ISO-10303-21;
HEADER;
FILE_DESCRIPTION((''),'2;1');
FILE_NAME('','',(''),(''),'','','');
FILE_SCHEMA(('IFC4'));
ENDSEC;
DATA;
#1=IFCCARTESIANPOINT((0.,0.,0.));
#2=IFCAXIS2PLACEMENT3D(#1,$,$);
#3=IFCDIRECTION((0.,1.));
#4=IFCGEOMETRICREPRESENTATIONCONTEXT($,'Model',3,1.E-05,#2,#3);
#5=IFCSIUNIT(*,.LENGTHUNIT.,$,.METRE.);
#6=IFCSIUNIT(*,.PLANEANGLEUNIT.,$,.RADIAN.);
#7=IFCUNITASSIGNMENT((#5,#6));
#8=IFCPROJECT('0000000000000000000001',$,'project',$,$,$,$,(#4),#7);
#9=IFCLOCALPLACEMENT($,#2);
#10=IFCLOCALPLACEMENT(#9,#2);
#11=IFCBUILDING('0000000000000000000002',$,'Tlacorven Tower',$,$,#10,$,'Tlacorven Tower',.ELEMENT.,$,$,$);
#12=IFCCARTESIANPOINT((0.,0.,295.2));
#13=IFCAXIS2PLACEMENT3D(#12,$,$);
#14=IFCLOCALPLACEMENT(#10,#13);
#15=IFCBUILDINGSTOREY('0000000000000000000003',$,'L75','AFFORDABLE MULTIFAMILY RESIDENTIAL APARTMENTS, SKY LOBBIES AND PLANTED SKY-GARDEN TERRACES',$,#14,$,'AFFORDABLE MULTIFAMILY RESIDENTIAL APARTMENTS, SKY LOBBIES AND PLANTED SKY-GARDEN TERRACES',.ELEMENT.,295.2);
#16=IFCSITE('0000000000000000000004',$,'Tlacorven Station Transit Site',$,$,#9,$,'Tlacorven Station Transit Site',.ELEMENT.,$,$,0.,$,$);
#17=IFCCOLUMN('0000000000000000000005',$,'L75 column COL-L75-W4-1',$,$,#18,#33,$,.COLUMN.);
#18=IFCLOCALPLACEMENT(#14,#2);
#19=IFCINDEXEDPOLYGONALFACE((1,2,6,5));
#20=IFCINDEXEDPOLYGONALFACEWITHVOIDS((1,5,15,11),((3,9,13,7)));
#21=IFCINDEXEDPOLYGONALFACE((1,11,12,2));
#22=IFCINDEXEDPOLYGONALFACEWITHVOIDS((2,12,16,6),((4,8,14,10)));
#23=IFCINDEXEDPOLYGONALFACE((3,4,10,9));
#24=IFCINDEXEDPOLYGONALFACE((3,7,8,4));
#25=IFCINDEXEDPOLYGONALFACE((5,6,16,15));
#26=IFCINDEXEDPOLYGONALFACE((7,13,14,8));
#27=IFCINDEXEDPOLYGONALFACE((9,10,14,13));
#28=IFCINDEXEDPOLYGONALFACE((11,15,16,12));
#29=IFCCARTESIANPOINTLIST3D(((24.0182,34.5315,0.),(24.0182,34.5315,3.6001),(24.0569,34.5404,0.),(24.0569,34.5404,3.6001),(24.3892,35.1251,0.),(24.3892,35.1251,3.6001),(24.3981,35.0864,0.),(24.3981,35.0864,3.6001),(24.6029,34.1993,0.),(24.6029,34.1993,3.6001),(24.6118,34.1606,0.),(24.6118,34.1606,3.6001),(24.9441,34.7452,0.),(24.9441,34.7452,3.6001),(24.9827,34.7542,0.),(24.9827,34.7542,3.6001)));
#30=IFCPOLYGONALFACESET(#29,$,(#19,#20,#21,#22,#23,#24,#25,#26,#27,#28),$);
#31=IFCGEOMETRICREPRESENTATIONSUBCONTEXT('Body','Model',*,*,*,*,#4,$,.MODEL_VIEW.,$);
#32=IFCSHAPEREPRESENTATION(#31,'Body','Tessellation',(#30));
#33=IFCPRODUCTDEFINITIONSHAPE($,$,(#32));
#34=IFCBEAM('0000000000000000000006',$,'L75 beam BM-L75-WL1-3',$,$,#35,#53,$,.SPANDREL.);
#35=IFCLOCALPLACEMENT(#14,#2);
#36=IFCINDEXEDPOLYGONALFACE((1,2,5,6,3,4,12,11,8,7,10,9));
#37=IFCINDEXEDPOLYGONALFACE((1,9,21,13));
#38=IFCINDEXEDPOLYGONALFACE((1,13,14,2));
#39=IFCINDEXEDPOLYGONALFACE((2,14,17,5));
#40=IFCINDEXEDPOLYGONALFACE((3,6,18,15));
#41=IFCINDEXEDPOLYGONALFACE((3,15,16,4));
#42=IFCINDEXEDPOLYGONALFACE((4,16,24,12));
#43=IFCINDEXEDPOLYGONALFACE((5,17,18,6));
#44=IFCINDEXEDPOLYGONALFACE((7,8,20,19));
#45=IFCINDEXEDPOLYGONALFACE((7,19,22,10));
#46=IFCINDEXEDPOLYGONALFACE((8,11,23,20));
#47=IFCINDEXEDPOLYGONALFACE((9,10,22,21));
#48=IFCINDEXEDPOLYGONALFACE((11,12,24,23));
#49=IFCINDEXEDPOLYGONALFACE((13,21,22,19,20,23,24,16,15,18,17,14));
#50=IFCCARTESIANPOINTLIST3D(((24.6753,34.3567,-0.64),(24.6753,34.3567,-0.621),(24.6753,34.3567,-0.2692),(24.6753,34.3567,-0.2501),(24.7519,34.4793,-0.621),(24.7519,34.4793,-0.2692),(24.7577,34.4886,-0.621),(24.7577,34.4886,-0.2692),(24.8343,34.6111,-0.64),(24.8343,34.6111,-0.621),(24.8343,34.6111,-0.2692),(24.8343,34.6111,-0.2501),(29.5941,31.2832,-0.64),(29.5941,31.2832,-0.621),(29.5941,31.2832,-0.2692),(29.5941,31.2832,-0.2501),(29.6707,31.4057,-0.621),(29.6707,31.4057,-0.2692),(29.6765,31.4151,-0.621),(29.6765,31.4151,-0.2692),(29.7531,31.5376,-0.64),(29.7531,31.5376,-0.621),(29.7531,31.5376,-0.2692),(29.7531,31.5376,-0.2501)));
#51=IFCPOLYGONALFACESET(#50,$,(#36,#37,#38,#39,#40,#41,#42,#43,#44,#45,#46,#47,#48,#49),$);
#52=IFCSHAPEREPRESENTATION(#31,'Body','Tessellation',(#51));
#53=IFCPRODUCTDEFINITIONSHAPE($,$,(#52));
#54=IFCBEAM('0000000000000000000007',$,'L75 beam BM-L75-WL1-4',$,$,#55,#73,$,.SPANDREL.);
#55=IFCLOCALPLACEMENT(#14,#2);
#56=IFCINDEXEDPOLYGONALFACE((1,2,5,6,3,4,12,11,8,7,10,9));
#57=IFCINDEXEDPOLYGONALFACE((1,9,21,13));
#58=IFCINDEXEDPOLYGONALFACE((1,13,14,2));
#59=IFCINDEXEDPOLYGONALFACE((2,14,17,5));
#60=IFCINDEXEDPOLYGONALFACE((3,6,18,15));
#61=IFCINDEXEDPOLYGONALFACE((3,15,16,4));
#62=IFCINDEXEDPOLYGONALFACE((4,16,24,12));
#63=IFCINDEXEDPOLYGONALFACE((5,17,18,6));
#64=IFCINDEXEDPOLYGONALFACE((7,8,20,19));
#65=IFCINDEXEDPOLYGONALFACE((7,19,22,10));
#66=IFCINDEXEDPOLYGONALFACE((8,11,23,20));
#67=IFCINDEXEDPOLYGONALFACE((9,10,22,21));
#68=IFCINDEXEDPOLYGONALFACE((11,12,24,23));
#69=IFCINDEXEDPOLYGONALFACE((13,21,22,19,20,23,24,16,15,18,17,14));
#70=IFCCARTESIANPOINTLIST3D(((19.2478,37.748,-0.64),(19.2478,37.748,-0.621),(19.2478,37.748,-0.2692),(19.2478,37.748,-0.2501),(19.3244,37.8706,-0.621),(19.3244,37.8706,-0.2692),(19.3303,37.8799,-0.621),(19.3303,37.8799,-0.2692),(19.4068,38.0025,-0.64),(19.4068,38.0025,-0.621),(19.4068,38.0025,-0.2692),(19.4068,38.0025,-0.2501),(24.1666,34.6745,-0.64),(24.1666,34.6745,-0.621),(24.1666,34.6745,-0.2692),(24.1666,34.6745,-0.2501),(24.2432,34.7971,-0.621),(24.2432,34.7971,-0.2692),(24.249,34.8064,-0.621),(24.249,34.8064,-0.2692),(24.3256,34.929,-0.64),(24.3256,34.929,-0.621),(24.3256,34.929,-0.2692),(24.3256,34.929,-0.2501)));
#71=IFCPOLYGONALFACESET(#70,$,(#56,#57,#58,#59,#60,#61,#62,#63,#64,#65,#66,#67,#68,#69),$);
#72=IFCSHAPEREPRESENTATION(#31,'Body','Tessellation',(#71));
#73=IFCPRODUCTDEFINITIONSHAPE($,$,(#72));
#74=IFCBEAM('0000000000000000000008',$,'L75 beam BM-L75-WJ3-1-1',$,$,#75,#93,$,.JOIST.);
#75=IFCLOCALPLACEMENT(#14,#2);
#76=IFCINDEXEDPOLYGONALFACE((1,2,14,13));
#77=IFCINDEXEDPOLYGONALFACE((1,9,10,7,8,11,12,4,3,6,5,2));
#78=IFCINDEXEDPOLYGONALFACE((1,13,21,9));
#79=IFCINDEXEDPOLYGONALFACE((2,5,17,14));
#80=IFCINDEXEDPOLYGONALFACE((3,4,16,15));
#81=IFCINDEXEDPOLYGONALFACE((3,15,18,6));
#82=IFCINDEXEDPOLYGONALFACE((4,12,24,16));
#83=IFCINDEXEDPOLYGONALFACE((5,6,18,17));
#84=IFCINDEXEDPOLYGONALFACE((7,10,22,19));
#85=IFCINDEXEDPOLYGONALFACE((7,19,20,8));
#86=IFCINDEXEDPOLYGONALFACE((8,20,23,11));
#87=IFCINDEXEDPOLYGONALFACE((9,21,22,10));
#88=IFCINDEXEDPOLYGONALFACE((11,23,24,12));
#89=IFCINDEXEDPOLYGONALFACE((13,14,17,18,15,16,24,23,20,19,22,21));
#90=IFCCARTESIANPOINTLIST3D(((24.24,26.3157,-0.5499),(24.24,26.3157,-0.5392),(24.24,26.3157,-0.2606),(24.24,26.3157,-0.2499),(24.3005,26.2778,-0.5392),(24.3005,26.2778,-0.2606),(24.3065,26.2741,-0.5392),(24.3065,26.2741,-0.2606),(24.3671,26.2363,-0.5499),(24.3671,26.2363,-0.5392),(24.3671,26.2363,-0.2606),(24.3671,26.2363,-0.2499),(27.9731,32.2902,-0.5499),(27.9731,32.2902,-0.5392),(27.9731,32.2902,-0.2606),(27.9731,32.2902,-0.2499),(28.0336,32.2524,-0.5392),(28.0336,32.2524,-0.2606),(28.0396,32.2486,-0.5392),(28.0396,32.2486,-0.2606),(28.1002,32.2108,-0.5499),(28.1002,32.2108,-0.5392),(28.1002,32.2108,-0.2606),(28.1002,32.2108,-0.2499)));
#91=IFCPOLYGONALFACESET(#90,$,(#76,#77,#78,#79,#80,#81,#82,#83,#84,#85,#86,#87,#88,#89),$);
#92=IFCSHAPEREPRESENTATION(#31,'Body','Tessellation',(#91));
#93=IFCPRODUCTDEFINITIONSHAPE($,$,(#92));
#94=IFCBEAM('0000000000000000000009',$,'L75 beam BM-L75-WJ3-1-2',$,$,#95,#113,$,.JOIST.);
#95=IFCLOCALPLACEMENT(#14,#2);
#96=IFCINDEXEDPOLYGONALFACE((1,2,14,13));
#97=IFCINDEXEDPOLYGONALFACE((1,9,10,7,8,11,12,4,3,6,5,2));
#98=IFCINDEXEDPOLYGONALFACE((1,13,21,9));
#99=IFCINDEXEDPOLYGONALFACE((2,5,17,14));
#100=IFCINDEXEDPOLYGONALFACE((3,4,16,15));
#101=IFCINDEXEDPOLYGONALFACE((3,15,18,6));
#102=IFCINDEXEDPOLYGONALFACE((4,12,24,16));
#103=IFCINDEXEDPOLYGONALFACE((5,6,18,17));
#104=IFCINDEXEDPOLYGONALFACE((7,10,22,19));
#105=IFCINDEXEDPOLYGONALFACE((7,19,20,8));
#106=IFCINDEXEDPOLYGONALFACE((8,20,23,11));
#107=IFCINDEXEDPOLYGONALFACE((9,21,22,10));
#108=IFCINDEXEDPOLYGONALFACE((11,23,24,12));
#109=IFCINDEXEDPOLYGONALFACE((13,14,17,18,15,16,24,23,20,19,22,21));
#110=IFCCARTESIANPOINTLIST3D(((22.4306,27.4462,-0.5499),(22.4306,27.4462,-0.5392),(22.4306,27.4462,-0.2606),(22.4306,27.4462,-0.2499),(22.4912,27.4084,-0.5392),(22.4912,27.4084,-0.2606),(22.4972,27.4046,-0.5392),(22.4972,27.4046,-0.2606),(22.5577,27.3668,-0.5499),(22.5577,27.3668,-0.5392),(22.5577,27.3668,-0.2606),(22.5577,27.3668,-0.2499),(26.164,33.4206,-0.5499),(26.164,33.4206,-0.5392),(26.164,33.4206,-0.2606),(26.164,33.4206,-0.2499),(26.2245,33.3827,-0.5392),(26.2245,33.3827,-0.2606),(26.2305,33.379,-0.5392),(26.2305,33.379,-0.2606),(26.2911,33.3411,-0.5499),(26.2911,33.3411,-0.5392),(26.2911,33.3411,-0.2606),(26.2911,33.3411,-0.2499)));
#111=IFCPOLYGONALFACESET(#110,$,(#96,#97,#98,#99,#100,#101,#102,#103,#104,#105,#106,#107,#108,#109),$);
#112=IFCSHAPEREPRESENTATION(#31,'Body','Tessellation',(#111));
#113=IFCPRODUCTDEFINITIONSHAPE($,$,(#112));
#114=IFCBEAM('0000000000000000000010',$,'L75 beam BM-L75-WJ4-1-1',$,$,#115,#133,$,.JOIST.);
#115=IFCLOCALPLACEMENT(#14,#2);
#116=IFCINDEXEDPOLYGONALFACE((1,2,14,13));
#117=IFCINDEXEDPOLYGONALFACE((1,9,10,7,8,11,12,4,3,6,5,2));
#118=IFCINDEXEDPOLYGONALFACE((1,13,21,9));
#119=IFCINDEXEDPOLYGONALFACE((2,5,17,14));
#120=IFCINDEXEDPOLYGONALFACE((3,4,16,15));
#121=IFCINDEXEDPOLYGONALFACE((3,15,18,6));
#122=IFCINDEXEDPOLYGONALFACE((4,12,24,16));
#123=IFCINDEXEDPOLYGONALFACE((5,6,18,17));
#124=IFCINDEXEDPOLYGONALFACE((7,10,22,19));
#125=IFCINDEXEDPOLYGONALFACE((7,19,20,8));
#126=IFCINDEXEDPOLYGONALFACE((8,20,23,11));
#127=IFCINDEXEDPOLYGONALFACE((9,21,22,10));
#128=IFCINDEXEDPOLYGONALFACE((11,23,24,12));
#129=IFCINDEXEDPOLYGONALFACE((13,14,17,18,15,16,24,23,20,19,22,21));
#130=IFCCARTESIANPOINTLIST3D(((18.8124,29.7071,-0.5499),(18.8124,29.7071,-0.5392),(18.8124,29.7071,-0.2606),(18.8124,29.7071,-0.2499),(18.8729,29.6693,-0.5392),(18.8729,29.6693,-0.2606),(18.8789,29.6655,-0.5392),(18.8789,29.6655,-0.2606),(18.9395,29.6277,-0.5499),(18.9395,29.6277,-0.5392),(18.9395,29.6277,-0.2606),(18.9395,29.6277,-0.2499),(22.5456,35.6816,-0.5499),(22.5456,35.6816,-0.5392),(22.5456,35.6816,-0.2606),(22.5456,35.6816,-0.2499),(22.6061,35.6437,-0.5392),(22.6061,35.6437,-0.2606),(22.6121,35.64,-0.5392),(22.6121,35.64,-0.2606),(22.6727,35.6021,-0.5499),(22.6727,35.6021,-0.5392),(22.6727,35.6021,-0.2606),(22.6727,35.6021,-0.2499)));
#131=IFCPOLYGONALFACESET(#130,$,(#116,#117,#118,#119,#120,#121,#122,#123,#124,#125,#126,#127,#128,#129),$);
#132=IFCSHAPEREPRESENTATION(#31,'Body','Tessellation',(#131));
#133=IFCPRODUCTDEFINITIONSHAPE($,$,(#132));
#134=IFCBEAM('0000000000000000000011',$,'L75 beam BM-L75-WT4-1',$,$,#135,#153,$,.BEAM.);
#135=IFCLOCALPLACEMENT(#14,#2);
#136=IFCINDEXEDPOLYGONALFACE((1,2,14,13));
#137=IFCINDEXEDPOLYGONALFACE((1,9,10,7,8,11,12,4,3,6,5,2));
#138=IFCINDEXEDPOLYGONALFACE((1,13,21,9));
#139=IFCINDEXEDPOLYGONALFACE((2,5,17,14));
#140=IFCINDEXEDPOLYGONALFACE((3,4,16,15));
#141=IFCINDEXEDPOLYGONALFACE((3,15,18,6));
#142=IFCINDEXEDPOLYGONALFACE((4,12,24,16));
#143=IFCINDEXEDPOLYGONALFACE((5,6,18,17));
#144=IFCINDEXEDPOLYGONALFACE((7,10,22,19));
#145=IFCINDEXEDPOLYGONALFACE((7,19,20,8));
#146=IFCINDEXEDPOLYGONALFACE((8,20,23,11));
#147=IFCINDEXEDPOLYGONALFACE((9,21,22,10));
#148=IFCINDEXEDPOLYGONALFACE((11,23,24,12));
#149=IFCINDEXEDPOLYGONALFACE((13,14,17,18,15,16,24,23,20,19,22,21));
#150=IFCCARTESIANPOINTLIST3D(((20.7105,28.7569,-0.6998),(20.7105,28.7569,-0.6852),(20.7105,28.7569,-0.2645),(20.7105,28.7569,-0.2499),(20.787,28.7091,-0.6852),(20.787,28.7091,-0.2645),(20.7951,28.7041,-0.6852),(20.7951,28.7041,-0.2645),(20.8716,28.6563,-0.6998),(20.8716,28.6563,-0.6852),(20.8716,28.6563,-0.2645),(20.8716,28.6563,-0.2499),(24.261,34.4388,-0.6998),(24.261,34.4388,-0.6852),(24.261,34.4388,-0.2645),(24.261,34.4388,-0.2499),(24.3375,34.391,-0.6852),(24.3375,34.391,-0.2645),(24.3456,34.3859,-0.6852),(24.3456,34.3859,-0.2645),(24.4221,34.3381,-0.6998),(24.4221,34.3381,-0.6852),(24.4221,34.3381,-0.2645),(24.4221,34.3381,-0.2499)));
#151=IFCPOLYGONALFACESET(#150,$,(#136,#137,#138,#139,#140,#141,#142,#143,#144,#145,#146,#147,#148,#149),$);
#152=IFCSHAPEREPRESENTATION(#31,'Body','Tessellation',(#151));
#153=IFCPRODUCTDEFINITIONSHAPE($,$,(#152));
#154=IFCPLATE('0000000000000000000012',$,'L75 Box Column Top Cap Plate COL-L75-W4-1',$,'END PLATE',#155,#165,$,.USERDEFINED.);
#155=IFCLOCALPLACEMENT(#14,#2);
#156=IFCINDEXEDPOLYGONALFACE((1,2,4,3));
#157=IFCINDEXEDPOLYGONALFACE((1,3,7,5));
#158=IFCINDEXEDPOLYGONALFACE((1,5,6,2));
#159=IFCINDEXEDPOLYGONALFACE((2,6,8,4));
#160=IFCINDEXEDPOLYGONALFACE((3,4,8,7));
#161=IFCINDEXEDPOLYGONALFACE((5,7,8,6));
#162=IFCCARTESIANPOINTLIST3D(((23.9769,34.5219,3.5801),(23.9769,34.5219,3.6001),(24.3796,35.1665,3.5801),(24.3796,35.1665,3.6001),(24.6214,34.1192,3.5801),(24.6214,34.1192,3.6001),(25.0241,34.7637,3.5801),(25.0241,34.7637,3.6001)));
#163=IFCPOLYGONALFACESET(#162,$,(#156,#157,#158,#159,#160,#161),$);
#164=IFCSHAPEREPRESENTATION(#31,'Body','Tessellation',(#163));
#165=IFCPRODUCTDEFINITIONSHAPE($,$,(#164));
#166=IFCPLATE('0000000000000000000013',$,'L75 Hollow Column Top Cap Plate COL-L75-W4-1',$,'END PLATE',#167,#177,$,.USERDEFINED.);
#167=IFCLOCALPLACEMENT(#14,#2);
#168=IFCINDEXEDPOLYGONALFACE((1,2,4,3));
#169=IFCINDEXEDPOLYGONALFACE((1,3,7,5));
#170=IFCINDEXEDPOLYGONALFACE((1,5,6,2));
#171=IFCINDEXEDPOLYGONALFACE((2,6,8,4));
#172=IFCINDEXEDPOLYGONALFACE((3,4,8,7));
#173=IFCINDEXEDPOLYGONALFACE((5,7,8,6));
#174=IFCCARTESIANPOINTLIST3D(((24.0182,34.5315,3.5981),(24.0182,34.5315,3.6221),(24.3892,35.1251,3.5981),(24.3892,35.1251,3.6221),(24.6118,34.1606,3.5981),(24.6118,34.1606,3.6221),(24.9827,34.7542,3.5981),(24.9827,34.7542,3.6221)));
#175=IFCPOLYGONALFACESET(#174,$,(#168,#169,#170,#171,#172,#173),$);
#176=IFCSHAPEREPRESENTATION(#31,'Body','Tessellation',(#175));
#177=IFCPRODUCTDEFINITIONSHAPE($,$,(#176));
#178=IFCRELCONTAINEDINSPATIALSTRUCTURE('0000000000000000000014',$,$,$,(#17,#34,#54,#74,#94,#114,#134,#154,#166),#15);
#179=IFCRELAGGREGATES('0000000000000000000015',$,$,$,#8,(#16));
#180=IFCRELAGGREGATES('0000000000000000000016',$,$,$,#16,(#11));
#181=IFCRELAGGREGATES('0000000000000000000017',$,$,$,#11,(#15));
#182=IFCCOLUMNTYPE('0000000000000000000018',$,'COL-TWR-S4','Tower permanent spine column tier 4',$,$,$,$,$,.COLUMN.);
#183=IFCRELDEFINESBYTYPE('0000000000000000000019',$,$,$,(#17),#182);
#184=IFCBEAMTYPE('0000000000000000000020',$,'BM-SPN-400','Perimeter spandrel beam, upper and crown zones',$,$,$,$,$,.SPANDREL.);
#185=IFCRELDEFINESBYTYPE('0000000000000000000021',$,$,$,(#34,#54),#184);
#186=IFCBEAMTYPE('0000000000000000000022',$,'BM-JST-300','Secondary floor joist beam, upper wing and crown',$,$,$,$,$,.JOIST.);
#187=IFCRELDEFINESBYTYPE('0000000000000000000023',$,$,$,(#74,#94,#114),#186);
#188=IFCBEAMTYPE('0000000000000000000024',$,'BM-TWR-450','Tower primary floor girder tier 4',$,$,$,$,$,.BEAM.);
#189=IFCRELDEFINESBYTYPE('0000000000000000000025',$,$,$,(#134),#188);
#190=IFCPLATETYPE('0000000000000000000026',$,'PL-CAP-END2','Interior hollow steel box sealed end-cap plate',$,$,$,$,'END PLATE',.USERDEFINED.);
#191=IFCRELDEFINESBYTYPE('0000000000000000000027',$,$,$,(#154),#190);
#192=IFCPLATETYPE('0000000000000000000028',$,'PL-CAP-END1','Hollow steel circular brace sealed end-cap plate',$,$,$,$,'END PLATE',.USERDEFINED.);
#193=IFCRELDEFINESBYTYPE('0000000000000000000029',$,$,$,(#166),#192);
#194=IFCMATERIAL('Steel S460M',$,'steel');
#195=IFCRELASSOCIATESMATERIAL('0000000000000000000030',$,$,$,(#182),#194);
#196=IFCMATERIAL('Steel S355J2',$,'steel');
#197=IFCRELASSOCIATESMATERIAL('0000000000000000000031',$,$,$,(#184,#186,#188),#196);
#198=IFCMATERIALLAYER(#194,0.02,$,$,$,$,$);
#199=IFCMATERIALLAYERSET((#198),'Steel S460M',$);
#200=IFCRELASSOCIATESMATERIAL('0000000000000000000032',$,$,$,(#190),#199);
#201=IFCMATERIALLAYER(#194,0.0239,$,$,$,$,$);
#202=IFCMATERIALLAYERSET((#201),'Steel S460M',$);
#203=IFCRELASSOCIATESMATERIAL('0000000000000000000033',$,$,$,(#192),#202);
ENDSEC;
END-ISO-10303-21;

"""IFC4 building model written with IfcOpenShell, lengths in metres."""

from ifc_helpers import new_model, si_unit, direction, frame, origin, origin_2d, place, context, subcontext, project, spatial, rectangle, hollow_rectangle, i_section, extrude, source, transform, mapped, material, layer, layer_set, material_profile, profile_set, type_object, element, save


model = new_model("IFC4")

# Units and contexts
model_context = context("Model", 3, precision=1e-05, world=origin(), true_north=direction((0.0, 1.0)))
body_context = subcontext(model_context, "Body", "Model", "MODEL_VIEW")
ifc_project = project(units=[si_unit("LENGTHUNIT", "METRE"), si_unit("PLANEANGLEUNIT", "RADIAN")], contexts=[model_context])

# Site, building, storey
site_placement = place(None, origin())
site = spatial("IfcSite", under=ifc_project, at=site_placement, Name="Tlacorven Station Transit Site", LongName="Tlacorven Station Transit Site", CompositionType="ELEMENT", RefElevation=0.0)
building_placement = place(site_placement, origin())
building = spatial("IfcBuilding", under=site, at=building_placement, Name="Tlacorven Tower", LongName="Tlacorven Tower", CompositionType="ELEMENT")
storey_placement = place(building_placement, frame((0.0, 0.0, 295.2)))
storey = spatial("IfcBuildingStorey", under=building, at=storey_placement, Name="L75", Description="AFFORDABLE MULTIFAMILY RESIDENTIAL APARTMENTS, SKY LOBBIES AND PLANTED SKY-GARDEN TERRACES", LongName="AFFORDABLE MULTIFAMILY RESIDENTIAL APARTMENTS, SKY LOBBIES AND PLANTED SKY-GARDEN TERRACES", CompositionType="ELEMENT", Elevation=295.2)

# Column
ifc_material_1 = material(Name="Steel S460M", Category="steel")
ifc_material_profile_1 = material_profile(ifc_material_1, hollow_rectangle(XDim=0.7, YDim=0.7, WallThickness=0.0281, at=origin_2d()), Name="BOX 700X700X28")
ifc_profile_set_1 = profile_set([ifc_material_profile_1], Name="Steel S460M")
column_type = type_object("IfcColumnType", Name="COL-TWR-S4", Description="Tower permanent spine column tier 4", PredefinedType="COLUMN", material=ifc_profile_set_1)
shared_shape_1 = source(origin(), body_context, "Body", "SweptSolid", [
    extrude(hollow_rectangle(XDim=0.7, YDim=0.7, WallThickness=0.0281, at=origin_2d()), origin(), (0.0, 0.0, 1.0), 3.6001),
])
column_placement = place(storey_placement, frame((24.5005, 34.6428, 0.0), z_axis=(0.0, 0.0, 1.0), x_axis=(-0.848048, 0.529919, 0.0)))
element("IfcColumn", 1, at=column_placement, inside=storey, type_object=column_type, Name="L75 column COL-L75-W4-1", PredefinedType="COLUMN", context=body_context, shape_type="MappedRepresentation", body=[
    mapped(shared_shape_1, transform((0.0, 0.0, 0.0), scale=1.0)),
])

# Beams
ifc_material_2 = material(Name="Steel S355J2", Category="steel")
ifc_material_profile_2 = material_profile(ifc_material_2, i_section(OverallWidth=0.3, OverallDepth=0.3899, WebThickness=0.011, FlangeThickness=0.019, at=origin_2d()), Name="HEA 400")
ifc_profile_set_2 = profile_set([ifc_material_profile_2], Name="Steel S355J2")
beam_type_1 = type_object("IfcBeamType", Name="BM-SPN-400", Description="Perimeter spandrel beam, upper and crown zones", PredefinedType="SPANDREL", material=ifc_profile_set_2)
shared_shape_2 = source(origin(), body_context, "Body", "SweptSolid", [
    extrude(i_section(OverallWidth=0.3, OverallDepth=0.3899, WebThickness=0.011, FlangeThickness=0.019, at=origin_2d()), origin(), (0.0, 0.0, 1.0), 5.8),
])
for number, where, z_axis, x_axis, name in (
    (2, (29.6736, 31.4104, -0.4451), (-0.848053, 0.529912, 0.0), (-0.529912, -0.848053, 0.0), "L75 beam BM-L75-WL1-3"),
    (3, (24.2461, 34.8018, -0.4451), (-0.848053, 0.529912, 0.0), (-0.529912, -0.848053, 0.0), "L75 beam BM-L75-WL1-4"),
):
    element("IfcBeam", number, at=place(storey_placement, frame(where, z_axis=z_axis, x_axis=x_axis)), inside=storey, type_object=beam_type_1, Name=name, PredefinedType="SPANDREL", context=body_context, shape_type="MappedRepresentation", body=[
        mapped(shared_shape_2, transform((0.0, 0.0, 0.0), scale=1.0)),
    ])
ifc_material_profile_3 = material_profile(ifc_material_2, i_section(OverallWidth=0.1499, OverallDepth=0.3, WebThickness=0.0071, FlangeThickness=0.0107, at=origin_2d()), Name="IPE 300")
ifc_profile_set_3 = profile_set([ifc_material_profile_3], Name="Steel S355J2")
beam_type_2 = type_object("IfcBeamType", Name="BM-JST-300", Description="Secondary floor joist beam, upper wing and crown", PredefinedType="JOIST", material=ifc_profile_set_3)
shared_shape_3 = source(origin(), body_context, "Body", "SweptSolid", [
    extrude(i_section(OverallWidth=0.1499, OverallDepth=0.3, WebThickness=0.0071, FlangeThickness=0.0107, at=origin_2d()), origin(), (0.0, 0.0, 1.0), 7.0449),
])
for number, where, z_axis, x_axis, name in (
    (4, (28.0366, 32.2505, -0.3999), (-0.529899, -0.848061, 0.0), (0.848061, -0.529899, 0.0), "L75 beam BM-L75-WJ3-1-1"),
    (5, (26.2275, 33.3809, -0.3999), (-0.52994, -0.848035, 0.0), (0.848035, -0.52994, 0.0), "L75 beam BM-L75-WJ3-1-2"),
    (6, (22.6091, 35.6418, -0.3999), (-0.529915, -0.848051, 0.0), (0.848051, -0.529915, 0.0), "L75 beam BM-L75-WJ4-1-1"),
):
    element("IfcBeam", number, at=place(storey_placement, frame(where, z_axis=z_axis, x_axis=x_axis)), inside=storey, type_object=beam_type_2, Name=name, PredefinedType="JOIST", context=body_context, shape_type="MappedRepresentation", body=[
        mapped(shared_shape_3, transform((0.0, 0.0, 0.0), scale=1.0)),
    ])
ifc_material_profile_4 = material_profile(ifc_material_2, i_section(OverallWidth=0.1899, OverallDepth=0.45, WebThickness=0.0095, FlangeThickness=0.0146, at=origin_2d()), Name="IPE 450")
ifc_profile_set_4 = profile_set([ifc_material_profile_4], Name="Steel S355J2")
beam_type_3 = type_object("IfcBeamType", Name="BM-TWR-450", Description="Tower primary floor girder tier 4", PredefinedType="BEAM", material=ifc_profile_set_4)
shared_shape_4 = source(origin(), body_context, "Body", "SweptSolid", [
    extrude(i_section(OverallWidth=0.1899, OverallDepth=0.45, WebThickness=0.0095, FlangeThickness=0.0146, at=origin_2d()), origin(), (0.0, 0.0, 1.0), 6.7),
])
beam_placement = place(storey_placement, frame((24.3416, 34.3884, -0.4749), z_axis=(-0.52993, -0.848041, 0.0), x_axis=(0.848041, -0.52993, 0.0)))
element("IfcBeam", 7, at=beam_placement, inside=storey, type_object=beam_type_3, Name="L75 beam BM-L75-WT4-1", PredefinedType="BEAM", context=body_context, shape_type="MappedRepresentation", body=[
    mapped(shared_shape_4, transform((0.0, 0.0, 0.0), scale=1.0)),
])

# Plates
ifc_layer_1 = layer(ifc_material_1, 0.02)
ifc_layer_set_1 = layer_set([ifc_layer_1], Name="Steel S460M")
plate_type_1 = type_object("IfcPlateType", Name="PL-CAP-END2", Description="Interior hollow steel box sealed end-cap plate", ElementType="END PLATE", PredefinedType="USERDEFINED", material=ifc_layer_set_1)
shared_shape_5 = source(origin(), body_context, "Body", "SweptSolid", [
    extrude(rectangle(XDim=0.76, YDim=0.76, at=origin_2d()), origin(), (0.0, 0.0, 1.0), 0.02),
])
plate_1_placement = place(storey_placement, frame((24.5005, 34.6428, 3.5801), z_axis=(0.0, 0.0, 1.0), x_axis=(-0.848048, 0.529919, 0.0)))
element("IfcPlate", 8, at=plate_1_placement, inside=storey, type_object=plate_type_1, Name="L75 Box Column Top Cap Plate COL-L75-W4-1", ObjectType="END PLATE", PredefinedType="USERDEFINED", context=body_context, shape_type="MappedRepresentation", body=[
    mapped(shared_shape_5, transform((0.0, 0.0, 0.0), scale=1.0)),
])
ifc_layer_2 = layer(ifc_material_1, 0.0239)
ifc_layer_set_2 = layer_set([ifc_layer_2], Name="Steel S460M")
plate_type_2 = type_object("IfcPlateType", Name="PL-CAP-END1", Description="Hollow steel circular brace sealed end-cap plate", ElementType="END PLATE", PredefinedType="USERDEFINED", material=ifc_layer_set_2)
shared_shape_6 = source(origin(), body_context, "Body", "SweptSolid", [
    extrude(rectangle(XDim=0.7, YDim=0.7, at=origin_2d()), origin(), (0.0, 0.0, 1.0), 0.0239),
])
plate_2_placement = place(storey_placement, frame((24.5005, 34.6428, 3.5981), z_axis=(0.0, 0.0, 1.0), x_axis=(-0.848048, 0.529919, 0.0)))
element("IfcPlate", 9, at=plate_2_placement, inside=storey, type_object=plate_type_2, Name="L75 Hollow Column Top Cap Plate COL-L75-W4-1", ObjectType="END PLATE", PredefinedType="USERDEFINED", context=body_context, shape_type="MappedRepresentation", body=[
    mapped(shared_shape_6, transform((0.0, 0.0, 0.0), scale=1.0)),
])

save(model, "model.ifc")
